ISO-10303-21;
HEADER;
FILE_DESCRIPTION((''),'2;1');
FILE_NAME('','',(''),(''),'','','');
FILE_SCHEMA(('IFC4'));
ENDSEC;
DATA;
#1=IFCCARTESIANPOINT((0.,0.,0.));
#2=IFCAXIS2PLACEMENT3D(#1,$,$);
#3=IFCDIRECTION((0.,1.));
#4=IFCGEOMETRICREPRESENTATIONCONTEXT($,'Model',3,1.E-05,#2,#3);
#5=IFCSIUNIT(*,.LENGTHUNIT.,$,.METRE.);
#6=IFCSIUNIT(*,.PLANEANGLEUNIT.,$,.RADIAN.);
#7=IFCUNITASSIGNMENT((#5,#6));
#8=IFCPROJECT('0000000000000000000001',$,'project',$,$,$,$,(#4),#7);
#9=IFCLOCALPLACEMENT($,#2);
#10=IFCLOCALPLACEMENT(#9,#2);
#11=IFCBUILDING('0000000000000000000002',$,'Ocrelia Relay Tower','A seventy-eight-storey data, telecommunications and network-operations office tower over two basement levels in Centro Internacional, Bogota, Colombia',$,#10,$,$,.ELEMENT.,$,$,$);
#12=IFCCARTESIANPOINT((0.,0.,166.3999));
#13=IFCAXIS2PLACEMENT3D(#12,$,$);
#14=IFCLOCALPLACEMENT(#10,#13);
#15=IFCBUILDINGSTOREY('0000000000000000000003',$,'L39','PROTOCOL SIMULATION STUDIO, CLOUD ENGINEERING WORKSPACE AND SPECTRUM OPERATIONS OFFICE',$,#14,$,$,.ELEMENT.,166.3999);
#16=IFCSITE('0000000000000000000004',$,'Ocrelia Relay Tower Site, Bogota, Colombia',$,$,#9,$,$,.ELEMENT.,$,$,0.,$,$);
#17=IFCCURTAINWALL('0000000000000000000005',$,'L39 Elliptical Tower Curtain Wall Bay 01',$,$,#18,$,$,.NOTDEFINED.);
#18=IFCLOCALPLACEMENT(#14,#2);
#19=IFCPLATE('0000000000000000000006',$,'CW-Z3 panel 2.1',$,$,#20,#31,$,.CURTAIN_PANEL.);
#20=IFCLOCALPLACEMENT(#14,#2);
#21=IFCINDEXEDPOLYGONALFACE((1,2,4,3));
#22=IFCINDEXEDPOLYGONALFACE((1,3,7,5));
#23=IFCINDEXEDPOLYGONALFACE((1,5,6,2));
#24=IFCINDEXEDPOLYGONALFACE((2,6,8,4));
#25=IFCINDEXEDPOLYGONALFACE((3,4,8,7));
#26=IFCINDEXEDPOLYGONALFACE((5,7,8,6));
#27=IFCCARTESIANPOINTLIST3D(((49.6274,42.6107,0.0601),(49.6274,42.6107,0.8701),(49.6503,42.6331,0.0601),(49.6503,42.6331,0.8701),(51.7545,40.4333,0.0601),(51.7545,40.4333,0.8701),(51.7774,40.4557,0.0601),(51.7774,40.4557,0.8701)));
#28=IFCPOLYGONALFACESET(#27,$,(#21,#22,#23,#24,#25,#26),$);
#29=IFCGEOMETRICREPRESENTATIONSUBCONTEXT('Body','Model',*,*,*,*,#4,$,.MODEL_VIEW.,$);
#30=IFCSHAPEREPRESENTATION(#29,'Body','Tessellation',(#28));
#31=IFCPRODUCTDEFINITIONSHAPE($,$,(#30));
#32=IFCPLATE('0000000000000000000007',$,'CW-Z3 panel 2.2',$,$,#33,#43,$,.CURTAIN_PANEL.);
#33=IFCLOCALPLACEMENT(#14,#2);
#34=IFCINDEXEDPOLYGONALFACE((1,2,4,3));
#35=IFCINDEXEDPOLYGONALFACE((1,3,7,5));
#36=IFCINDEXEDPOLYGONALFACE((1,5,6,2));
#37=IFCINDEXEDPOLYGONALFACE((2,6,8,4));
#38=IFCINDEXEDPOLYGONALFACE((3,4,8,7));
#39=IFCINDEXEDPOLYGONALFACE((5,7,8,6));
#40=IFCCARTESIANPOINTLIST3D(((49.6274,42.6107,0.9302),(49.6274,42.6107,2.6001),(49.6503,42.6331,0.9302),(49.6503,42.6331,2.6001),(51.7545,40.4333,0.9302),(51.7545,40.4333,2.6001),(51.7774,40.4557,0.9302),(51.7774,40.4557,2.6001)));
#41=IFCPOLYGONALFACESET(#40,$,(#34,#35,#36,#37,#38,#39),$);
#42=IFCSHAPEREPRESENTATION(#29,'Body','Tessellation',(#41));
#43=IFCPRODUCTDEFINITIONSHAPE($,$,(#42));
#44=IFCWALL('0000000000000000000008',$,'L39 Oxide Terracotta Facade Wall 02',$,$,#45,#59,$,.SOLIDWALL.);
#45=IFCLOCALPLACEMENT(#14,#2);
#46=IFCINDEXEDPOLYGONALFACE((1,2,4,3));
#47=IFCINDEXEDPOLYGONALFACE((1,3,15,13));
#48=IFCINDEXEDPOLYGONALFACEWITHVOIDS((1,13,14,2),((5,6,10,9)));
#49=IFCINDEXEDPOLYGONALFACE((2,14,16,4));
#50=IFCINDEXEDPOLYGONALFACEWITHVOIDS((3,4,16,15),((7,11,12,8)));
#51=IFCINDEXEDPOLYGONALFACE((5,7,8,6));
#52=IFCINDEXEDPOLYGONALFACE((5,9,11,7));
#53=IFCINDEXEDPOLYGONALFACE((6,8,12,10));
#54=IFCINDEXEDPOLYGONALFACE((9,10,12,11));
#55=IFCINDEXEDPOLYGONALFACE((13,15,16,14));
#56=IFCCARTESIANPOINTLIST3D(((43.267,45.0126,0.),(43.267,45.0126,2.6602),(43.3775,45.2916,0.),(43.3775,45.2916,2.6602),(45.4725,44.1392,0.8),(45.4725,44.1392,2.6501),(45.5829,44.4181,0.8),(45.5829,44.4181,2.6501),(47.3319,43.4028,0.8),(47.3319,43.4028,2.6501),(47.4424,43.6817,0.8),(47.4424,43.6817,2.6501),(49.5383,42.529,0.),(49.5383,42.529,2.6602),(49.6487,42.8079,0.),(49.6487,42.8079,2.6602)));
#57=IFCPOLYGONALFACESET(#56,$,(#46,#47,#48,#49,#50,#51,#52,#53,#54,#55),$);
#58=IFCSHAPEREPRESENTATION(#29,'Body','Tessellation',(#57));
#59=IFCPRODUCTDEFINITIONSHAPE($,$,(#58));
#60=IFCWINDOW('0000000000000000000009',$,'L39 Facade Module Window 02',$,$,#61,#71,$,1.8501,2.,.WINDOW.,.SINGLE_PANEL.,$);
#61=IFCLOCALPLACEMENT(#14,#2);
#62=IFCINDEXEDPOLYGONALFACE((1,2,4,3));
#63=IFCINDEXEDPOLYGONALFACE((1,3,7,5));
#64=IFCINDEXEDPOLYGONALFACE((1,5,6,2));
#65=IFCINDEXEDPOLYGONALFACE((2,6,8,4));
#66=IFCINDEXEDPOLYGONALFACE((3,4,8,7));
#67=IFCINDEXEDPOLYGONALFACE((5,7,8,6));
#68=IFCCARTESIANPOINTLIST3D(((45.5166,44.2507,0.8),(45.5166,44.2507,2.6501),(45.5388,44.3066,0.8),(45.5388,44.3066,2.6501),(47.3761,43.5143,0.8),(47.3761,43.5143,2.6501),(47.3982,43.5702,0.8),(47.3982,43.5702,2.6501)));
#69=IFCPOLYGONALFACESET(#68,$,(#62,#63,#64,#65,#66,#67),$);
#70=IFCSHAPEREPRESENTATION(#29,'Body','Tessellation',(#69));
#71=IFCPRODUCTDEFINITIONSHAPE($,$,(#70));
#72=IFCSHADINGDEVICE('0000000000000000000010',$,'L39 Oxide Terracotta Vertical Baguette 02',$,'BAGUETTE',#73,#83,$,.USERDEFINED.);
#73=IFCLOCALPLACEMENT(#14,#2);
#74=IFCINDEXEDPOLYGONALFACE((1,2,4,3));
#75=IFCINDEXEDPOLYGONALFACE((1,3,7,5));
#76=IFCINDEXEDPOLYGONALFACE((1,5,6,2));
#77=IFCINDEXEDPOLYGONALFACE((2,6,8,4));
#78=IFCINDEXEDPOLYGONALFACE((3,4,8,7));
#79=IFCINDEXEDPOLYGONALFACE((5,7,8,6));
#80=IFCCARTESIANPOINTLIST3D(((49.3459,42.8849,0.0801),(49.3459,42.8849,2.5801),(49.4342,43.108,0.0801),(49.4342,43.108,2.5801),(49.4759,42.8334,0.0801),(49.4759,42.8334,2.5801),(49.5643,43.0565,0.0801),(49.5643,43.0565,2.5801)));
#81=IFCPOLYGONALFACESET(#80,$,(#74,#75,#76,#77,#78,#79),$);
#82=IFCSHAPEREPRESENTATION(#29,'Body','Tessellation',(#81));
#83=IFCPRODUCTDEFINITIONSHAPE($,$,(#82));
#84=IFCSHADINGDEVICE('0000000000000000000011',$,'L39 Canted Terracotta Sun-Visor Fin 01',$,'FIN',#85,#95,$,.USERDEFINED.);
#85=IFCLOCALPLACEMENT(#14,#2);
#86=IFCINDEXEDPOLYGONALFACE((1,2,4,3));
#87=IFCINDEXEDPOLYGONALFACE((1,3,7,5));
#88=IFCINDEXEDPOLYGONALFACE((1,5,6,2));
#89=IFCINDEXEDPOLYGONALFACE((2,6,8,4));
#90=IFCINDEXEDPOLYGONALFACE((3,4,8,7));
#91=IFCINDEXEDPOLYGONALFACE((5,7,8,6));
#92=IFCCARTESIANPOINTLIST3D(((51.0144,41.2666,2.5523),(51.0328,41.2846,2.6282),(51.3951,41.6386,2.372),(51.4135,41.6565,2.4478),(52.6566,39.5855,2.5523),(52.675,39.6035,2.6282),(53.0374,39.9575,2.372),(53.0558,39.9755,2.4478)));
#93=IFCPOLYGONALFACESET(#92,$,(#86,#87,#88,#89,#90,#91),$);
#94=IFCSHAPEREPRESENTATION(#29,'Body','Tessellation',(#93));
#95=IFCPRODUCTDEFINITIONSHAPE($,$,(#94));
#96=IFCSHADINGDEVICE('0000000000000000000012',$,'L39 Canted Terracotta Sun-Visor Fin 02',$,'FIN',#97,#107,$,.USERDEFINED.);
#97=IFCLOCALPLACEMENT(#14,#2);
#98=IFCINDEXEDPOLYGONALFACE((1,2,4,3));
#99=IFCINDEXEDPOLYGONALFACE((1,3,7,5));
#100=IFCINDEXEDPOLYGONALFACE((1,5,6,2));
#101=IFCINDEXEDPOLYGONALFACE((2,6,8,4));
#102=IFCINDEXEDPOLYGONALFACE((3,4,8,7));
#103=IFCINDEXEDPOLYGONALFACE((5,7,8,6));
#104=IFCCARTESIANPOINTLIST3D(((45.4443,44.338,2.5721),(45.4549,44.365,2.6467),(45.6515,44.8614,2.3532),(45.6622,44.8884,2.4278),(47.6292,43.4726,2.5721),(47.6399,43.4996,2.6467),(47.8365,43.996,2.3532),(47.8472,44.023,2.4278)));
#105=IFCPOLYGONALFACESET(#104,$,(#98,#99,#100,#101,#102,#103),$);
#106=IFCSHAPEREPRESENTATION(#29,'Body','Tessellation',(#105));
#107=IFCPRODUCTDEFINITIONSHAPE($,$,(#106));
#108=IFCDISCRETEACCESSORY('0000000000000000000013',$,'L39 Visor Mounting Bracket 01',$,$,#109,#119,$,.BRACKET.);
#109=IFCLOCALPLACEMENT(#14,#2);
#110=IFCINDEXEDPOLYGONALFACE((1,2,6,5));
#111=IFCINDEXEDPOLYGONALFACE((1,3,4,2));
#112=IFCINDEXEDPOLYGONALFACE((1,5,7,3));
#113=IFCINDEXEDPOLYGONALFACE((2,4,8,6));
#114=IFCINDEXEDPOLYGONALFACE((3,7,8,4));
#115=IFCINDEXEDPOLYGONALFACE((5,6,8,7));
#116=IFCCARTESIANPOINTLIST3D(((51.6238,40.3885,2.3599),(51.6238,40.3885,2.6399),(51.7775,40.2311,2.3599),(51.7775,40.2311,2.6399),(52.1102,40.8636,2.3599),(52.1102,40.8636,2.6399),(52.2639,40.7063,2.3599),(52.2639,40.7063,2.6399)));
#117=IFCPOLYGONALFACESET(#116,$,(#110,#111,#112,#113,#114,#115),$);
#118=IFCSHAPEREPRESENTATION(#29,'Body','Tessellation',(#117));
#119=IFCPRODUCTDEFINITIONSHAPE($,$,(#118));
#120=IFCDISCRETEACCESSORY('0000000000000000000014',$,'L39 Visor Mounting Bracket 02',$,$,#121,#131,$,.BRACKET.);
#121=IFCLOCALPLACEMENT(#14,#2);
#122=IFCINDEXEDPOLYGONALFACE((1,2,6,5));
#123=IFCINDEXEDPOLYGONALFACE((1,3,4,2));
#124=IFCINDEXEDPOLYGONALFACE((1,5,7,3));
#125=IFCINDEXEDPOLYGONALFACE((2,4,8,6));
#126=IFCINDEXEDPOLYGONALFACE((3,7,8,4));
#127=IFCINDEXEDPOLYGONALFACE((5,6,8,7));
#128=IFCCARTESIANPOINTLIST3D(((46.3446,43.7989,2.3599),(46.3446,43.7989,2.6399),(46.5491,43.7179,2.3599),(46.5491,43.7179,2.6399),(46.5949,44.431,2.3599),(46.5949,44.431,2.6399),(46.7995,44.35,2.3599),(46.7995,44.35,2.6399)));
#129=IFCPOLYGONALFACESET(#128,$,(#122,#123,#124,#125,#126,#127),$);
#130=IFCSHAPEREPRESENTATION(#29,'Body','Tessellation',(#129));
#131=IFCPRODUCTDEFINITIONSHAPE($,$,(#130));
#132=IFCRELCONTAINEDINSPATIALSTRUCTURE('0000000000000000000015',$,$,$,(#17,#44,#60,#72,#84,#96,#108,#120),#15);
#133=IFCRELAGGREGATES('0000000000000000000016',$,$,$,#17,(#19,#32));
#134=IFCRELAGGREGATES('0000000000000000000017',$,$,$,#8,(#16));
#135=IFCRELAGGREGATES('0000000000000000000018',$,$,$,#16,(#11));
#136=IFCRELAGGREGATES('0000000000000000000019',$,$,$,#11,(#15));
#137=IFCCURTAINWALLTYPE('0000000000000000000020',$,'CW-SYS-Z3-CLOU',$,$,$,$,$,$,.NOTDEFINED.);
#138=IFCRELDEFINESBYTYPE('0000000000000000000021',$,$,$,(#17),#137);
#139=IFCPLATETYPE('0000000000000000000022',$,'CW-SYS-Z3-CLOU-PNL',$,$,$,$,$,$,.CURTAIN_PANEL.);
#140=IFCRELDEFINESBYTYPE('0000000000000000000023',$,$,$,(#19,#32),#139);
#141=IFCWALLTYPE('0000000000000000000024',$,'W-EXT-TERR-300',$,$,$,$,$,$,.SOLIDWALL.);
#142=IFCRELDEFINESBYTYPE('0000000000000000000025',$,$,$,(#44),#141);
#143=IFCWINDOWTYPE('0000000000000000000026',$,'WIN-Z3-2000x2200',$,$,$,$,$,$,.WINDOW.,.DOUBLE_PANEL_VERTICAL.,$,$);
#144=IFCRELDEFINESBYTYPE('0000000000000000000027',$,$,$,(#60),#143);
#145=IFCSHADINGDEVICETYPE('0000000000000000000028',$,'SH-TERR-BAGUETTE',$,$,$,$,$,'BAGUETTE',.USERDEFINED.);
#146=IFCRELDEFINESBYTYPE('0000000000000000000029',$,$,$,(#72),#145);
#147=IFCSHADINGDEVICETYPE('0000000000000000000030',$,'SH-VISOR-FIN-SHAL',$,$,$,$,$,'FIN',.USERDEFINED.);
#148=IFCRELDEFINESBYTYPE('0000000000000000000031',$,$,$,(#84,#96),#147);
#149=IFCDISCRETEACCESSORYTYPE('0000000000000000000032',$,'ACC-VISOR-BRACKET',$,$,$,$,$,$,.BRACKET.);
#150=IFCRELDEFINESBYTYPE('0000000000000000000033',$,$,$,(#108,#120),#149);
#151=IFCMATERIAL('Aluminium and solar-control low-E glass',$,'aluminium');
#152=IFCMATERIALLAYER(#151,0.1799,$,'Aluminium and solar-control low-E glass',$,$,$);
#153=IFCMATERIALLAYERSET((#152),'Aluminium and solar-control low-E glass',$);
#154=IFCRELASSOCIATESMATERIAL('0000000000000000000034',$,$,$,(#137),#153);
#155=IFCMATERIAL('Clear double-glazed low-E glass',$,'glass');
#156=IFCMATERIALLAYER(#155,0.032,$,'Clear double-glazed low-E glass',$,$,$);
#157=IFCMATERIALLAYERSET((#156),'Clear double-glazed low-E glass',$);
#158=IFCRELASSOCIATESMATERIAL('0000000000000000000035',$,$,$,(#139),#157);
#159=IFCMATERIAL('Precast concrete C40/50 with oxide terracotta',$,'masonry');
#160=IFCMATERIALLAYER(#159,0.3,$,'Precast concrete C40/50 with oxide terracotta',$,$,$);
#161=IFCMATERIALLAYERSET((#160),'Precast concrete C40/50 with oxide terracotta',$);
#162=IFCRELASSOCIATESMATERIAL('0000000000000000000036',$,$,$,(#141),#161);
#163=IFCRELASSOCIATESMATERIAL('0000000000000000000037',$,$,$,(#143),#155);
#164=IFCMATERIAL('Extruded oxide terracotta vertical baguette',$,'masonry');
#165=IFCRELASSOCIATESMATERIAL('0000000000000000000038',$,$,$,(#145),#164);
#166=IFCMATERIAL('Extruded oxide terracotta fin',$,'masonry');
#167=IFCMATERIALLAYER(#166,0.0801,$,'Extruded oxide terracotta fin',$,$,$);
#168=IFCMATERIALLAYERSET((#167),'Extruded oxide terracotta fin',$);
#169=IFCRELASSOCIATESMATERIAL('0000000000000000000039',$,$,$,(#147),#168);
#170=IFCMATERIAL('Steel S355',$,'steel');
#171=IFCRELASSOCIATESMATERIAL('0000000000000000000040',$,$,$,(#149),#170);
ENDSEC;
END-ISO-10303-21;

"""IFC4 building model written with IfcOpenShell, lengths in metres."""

from ifc_helpers import new_model, si_unit, direction, frame, frame_2d, origin, origin_2d, place, context, subcontext, project, spatial, rectangle, extrude, material, layer, layer_set, type_object, element, fill, aggregate, save


model = new_model("IFC4")

# Units and contexts
model_context = context("Model", 3, precision=1e-05, world=origin(), true_north=direction((0.0, 1.0)))
body_context = subcontext(model_context, "Body", "Model", "MODEL_VIEW")
ifc_project = project(units=[si_unit("LENGTHUNIT", "METRE"), si_unit("PLANEANGLEUNIT", "RADIAN")], contexts=[model_context])

# Site, building, storey
site_placement = place(None, origin())
site = spatial("IfcSite", under=ifc_project, at=site_placement, Name="Ocrelia Relay Tower Site, Bogota, Colombia", CompositionType="ELEMENT", RefElevation=0.0)
building_placement = place(site_placement, origin())
building = spatial("IfcBuilding", under=site, at=building_placement, Name="Ocrelia Relay Tower", Description="A seventy-eight-storey data, telecommunications and network-operations office tower over two basement levels in Centro Internacional, Bogota, Colombia", CompositionType="ELEMENT")
storey_placement = place(building_placement, frame((0.0, 0.0, 166.3999)))
storey = spatial("IfcBuildingStorey", under=building, at=storey_placement, Name="L39", Description="PROTOCOL SIMULATION STUDIO, CLOUD ENGINEERING WORKSPACE AND SPECTRUM OPERATIONS OFFICE", CompositionType="ELEMENT", Elevation=166.3999)

# Curtain wall, plates
ifc_material_1 = material(Name="Aluminium and solar-control low-E glass", Category="aluminium")
ifc_layer_1 = layer(ifc_material_1, 0.1799, Name="Aluminium and solar-control low-E glass")
ifc_layer_set_1 = layer_set([ifc_layer_1], Name="Aluminium and solar-control low-E glass")
curtain_wall_type = type_object("IfcCurtainWallType", Name="CW-SYS-Z3-CLOU", PredefinedType="NOTDEFINED", material=ifc_layer_set_1)
curtain_wall_placement = place(storey_placement, origin())
curtain_wall = element("IfcCurtainWall", 1, at=curtain_wall_placement, inside=storey, type_object=curtain_wall_type, Name="L39 Elliptical Tower Curtain Wall Bay 01", PredefinedType="NOTDEFINED")
ifc_material_2 = material(Name="Clear double-glazed low-E glass", Category="glass")
ifc_layer_2 = layer(ifc_material_2, 0.032, Name="Clear double-glazed low-E glass")
ifc_layer_set_2 = layer_set([ifc_layer_2], Name="Clear double-glazed low-E glass")
plate_type = type_object("IfcPlateType", Name="CW-SYS-Z3-CLOU-PNL", PredefinedType="CURTAIN_PANEL", material=ifc_layer_set_2)
plate_1_placement = place(storey_placement, frame((50.7024, 41.5332, 0.0601), z_axis=(0.0, 0.0, 1.0), x_axis=(-0.69879, 0.715327, 0.0)))
plate_1 = element("IfcPlate", 2, at=plate_1_placement, type_object=plate_type, Name="CW-Z3 panel 2.1", PredefinedType="CURTAIN_PANEL", context=body_context, shape_type="SweptSolid", body=[
    extrude(rectangle(XDim=3.0439, YDim=0.032, at=origin_2d()), origin(), (0.0, 0.0, 1.0), 0.8101),
])
plate_2_placement = place(storey_placement, frame((50.7024, 41.5332, 0.9302), z_axis=(0.0, 0.0, 1.0), x_axis=(-0.69879, 0.715327, 0.0)))
plate_2 = element("IfcPlate", 3, at=plate_2_placement, type_object=plate_type, Name="CW-Z3 panel 2.2", PredefinedType="CURTAIN_PANEL", context=body_context, shape_type="SweptSolid", body=[
    extrude(rectangle(XDim=3.0439, YDim=0.032, at=origin_2d()), origin(), (0.0, 0.0, 1.0), 1.6699),
])
aggregate(curtain_wall, [plate_1, plate_2])

# Wall, opening, window
ifc_material_3 = material(Name="Precast concrete C40/50 with oxide terracotta", Category="masonry")
ifc_layer_3 = layer(ifc_material_3, 0.3, Name="Precast concrete C40/50 with oxide terracotta")
ifc_layer_set_3 = layer_set([ifc_layer_3], Name="Precast concrete C40/50 with oxide terracotta")
wall_type = type_object("IfcWallType", Name="W-EXT-TERR-300", PredefinedType="SOLIDWALL", material=ifc_layer_set_3)
wall_placement = place(storey_placement, frame((49.5935, 42.6685, 0.0), z_axis=(0.0, 0.0, 1.0), x_axis=(-0.929742, 0.368212, 0.0)))
wall = element("IfcWall", 4, at=wall_placement, inside=storey, type_object=wall_type, Name="L39 Oxide Terracotta Facade Wall 02", PredefinedType="SOLIDWALL", context=body_context, shape_type="SweptSolid", body=[
    extrude(rectangle(XDim=6.7451, YDim=0.3, at=frame_2d((3.3726, 0.0))), origin(), (0.0, 0.0, 1.0), 2.6602),
])
opening_placement = place(wall_placement, frame((2.373, 0.0, 0.8)))
opening = element("IfcOpeningElement", 5, at=opening_placement, cuts=wall, PredefinedType="OPENING", context=body_context, shape_type="SweptSolid", body=[
    extrude(rectangle(XDim=2.0, YDim=1.8501, at=frame_2d((1.0, 0.925))), frame((0.0, 0.1602, 0.0), z_axis=(0.0, -1.0, 0.0), x_axis=(1.0, 0.0, 0.0)), (0.0, 0.0, 1.0), 0.3201),
])
window_type = type_object("IfcWindowType", Name="WIN-Z3-2000x2200", PartitioningType="DOUBLE_PANEL_VERTICAL", PredefinedType="WINDOW", material=ifc_material_2)
window_placement = place(opening_placement, origin())
window = element("IfcWindow", 6, at=window_placement, inside=storey, type_object=window_type, Name="L39 Facade Module Window 02", OverallHeight=1.8501, OverallWidth=2.0, PartitioningType="SINGLE_PANEL", PredefinedType="WINDOW", context=body_context, shape_type="SweptSolid", body=[
    extrude(rectangle(XDim=2.0, YDim=1.8501, at=frame_2d((1.0, 0.925))), frame((0.0, 0.03, 0.0), z_axis=(0.0, -1.0, 0.0), x_axis=(1.0, 0.0, 0.0)), (0.0, 0.0, 1.0), 0.0601),
])
fill(opening, window)

# Shading devices
ifc_material_4 = material(Name="Extruded oxide terracotta vertical baguette", Category="masonry")
shading_device_type_1 = type_object("IfcShadingDeviceType", Name="SH-TERR-BAGUETTE", ElementType="BAGUETTE", PredefinedType="USERDEFINED", material=ifc_material_4)
shading_device_1_placement = place(storey_placement, frame((49.4551, 42.9707, 0.0801), z_axis=(0.0, 0.0, 1.0), x_axis=(-0.929736, 0.368227, 0.0)))
element("IfcShadingDevice", 7, at=shading_device_1_placement, inside=storey, type_object=shading_device_type_1, Name="L39 Oxide Terracotta Vertical Baguette 02", ObjectType="BAGUETTE", PredefinedType="USERDEFINED", context=body_context, shape_type="SweptSolid", body=[
    extrude(rectangle(XDim=0.1399, YDim=0.24, at=origin_2d()), origin(), (0.0, 0.0, 1.0), 2.5),
])
ifc_material_5 = material(Name="Extruded oxide terracotta fin", Category="masonry")
ifc_layer_4 = layer(ifc_material_5, 0.0801, Name="Extruded oxide terracotta fin")
ifc_layer_set_4 = layer_set([ifc_layer_4], Name="Extruded oxide terracotta fin")
shading_device_type_2 = type_object("IfcShadingDeviceType", Name="SH-VISOR-FIN-SHAL", ElementType="FIN", PredefinedType="USERDEFINED", material=ifc_layer_set_4)
shading_device_2_placement = place(storey_placement, frame((52.0259, 40.6121, 2.4622), z_axis=(0.22958, 0.224272, 0.947098), x_axis=(-0.69879, 0.715327, 0.0)))
element("IfcShadingDevice", 8, at=shading_device_2_placement, inside=storey, type_object=shading_device_type_2, Name="L39 Canted Terracotta Sun-Visor Fin 01", ObjectType="FIN", PredefinedType="USERDEFINED", context=body_context, shape_type="SweptSolid", body=[
    extrude(rectangle(XDim=2.3501, YDim=0.562, at=origin_2d()), origin(), (0.0, 0.0, 1.0), 0.0801),
])
shading_device_3_placement = place(storey_placement, frame((46.6404, 44.167, 2.4626), z_axis=(0.133459, 0.336972, 0.932008), x_axis=(-0.929736, 0.368227, 0.0)))
element("IfcShadingDevice", 9, at=shading_device_3_placement, inside=storey, type_object=shading_device_type_2, Name="L39 Canted Terracotta Sun-Visor Fin 02", ObjectType="FIN", PredefinedType="USERDEFINED", context=body_context, shape_type="SweptSolid", body=[
    extrude(rectangle(XDim=2.3501, YDim=0.604, at=origin_2d()), origin(), (0.0, 0.0, 1.0), 0.0801),
])

# Discrete accessories
ifc_material_6 = material(Name="Steel S355", Category="steel")
discrete_accessory_type = type_object("IfcDiscreteAccessoryType", Name="ACC-VISOR-BRACKET", PredefinedType="BRACKET", material=ifc_material_6)
for number, where, z_axis, x_axis, name in (
    (10, (51.9438, 40.5474, 2.3599), (0.0, 0.0, 1.0), (-0.69879, 0.715327, 0.0), "L39 Visor Mounting Bracket 01"),
    (11, (46.572, 44.0745, 2.3599), (0.0, 0.0, 1.0), (-0.929736, 0.368227, 0.0), "L39 Visor Mounting Bracket 02"),
):
    element("IfcDiscreteAccessory", number, at=place(storey_placement, frame(where, z_axis=z_axis, x_axis=x_axis)), inside=storey, type_object=discrete_accessory_type, Name=name, PredefinedType="BRACKET", context=body_context, shape_type="SweptSolid", body=[
        extrude(rectangle(XDim=0.22, YDim=0.6799, at=origin_2d()), origin(), (0.0, 0.0, 1.0), 0.28),
    ])

save(model, "model.ifc")
